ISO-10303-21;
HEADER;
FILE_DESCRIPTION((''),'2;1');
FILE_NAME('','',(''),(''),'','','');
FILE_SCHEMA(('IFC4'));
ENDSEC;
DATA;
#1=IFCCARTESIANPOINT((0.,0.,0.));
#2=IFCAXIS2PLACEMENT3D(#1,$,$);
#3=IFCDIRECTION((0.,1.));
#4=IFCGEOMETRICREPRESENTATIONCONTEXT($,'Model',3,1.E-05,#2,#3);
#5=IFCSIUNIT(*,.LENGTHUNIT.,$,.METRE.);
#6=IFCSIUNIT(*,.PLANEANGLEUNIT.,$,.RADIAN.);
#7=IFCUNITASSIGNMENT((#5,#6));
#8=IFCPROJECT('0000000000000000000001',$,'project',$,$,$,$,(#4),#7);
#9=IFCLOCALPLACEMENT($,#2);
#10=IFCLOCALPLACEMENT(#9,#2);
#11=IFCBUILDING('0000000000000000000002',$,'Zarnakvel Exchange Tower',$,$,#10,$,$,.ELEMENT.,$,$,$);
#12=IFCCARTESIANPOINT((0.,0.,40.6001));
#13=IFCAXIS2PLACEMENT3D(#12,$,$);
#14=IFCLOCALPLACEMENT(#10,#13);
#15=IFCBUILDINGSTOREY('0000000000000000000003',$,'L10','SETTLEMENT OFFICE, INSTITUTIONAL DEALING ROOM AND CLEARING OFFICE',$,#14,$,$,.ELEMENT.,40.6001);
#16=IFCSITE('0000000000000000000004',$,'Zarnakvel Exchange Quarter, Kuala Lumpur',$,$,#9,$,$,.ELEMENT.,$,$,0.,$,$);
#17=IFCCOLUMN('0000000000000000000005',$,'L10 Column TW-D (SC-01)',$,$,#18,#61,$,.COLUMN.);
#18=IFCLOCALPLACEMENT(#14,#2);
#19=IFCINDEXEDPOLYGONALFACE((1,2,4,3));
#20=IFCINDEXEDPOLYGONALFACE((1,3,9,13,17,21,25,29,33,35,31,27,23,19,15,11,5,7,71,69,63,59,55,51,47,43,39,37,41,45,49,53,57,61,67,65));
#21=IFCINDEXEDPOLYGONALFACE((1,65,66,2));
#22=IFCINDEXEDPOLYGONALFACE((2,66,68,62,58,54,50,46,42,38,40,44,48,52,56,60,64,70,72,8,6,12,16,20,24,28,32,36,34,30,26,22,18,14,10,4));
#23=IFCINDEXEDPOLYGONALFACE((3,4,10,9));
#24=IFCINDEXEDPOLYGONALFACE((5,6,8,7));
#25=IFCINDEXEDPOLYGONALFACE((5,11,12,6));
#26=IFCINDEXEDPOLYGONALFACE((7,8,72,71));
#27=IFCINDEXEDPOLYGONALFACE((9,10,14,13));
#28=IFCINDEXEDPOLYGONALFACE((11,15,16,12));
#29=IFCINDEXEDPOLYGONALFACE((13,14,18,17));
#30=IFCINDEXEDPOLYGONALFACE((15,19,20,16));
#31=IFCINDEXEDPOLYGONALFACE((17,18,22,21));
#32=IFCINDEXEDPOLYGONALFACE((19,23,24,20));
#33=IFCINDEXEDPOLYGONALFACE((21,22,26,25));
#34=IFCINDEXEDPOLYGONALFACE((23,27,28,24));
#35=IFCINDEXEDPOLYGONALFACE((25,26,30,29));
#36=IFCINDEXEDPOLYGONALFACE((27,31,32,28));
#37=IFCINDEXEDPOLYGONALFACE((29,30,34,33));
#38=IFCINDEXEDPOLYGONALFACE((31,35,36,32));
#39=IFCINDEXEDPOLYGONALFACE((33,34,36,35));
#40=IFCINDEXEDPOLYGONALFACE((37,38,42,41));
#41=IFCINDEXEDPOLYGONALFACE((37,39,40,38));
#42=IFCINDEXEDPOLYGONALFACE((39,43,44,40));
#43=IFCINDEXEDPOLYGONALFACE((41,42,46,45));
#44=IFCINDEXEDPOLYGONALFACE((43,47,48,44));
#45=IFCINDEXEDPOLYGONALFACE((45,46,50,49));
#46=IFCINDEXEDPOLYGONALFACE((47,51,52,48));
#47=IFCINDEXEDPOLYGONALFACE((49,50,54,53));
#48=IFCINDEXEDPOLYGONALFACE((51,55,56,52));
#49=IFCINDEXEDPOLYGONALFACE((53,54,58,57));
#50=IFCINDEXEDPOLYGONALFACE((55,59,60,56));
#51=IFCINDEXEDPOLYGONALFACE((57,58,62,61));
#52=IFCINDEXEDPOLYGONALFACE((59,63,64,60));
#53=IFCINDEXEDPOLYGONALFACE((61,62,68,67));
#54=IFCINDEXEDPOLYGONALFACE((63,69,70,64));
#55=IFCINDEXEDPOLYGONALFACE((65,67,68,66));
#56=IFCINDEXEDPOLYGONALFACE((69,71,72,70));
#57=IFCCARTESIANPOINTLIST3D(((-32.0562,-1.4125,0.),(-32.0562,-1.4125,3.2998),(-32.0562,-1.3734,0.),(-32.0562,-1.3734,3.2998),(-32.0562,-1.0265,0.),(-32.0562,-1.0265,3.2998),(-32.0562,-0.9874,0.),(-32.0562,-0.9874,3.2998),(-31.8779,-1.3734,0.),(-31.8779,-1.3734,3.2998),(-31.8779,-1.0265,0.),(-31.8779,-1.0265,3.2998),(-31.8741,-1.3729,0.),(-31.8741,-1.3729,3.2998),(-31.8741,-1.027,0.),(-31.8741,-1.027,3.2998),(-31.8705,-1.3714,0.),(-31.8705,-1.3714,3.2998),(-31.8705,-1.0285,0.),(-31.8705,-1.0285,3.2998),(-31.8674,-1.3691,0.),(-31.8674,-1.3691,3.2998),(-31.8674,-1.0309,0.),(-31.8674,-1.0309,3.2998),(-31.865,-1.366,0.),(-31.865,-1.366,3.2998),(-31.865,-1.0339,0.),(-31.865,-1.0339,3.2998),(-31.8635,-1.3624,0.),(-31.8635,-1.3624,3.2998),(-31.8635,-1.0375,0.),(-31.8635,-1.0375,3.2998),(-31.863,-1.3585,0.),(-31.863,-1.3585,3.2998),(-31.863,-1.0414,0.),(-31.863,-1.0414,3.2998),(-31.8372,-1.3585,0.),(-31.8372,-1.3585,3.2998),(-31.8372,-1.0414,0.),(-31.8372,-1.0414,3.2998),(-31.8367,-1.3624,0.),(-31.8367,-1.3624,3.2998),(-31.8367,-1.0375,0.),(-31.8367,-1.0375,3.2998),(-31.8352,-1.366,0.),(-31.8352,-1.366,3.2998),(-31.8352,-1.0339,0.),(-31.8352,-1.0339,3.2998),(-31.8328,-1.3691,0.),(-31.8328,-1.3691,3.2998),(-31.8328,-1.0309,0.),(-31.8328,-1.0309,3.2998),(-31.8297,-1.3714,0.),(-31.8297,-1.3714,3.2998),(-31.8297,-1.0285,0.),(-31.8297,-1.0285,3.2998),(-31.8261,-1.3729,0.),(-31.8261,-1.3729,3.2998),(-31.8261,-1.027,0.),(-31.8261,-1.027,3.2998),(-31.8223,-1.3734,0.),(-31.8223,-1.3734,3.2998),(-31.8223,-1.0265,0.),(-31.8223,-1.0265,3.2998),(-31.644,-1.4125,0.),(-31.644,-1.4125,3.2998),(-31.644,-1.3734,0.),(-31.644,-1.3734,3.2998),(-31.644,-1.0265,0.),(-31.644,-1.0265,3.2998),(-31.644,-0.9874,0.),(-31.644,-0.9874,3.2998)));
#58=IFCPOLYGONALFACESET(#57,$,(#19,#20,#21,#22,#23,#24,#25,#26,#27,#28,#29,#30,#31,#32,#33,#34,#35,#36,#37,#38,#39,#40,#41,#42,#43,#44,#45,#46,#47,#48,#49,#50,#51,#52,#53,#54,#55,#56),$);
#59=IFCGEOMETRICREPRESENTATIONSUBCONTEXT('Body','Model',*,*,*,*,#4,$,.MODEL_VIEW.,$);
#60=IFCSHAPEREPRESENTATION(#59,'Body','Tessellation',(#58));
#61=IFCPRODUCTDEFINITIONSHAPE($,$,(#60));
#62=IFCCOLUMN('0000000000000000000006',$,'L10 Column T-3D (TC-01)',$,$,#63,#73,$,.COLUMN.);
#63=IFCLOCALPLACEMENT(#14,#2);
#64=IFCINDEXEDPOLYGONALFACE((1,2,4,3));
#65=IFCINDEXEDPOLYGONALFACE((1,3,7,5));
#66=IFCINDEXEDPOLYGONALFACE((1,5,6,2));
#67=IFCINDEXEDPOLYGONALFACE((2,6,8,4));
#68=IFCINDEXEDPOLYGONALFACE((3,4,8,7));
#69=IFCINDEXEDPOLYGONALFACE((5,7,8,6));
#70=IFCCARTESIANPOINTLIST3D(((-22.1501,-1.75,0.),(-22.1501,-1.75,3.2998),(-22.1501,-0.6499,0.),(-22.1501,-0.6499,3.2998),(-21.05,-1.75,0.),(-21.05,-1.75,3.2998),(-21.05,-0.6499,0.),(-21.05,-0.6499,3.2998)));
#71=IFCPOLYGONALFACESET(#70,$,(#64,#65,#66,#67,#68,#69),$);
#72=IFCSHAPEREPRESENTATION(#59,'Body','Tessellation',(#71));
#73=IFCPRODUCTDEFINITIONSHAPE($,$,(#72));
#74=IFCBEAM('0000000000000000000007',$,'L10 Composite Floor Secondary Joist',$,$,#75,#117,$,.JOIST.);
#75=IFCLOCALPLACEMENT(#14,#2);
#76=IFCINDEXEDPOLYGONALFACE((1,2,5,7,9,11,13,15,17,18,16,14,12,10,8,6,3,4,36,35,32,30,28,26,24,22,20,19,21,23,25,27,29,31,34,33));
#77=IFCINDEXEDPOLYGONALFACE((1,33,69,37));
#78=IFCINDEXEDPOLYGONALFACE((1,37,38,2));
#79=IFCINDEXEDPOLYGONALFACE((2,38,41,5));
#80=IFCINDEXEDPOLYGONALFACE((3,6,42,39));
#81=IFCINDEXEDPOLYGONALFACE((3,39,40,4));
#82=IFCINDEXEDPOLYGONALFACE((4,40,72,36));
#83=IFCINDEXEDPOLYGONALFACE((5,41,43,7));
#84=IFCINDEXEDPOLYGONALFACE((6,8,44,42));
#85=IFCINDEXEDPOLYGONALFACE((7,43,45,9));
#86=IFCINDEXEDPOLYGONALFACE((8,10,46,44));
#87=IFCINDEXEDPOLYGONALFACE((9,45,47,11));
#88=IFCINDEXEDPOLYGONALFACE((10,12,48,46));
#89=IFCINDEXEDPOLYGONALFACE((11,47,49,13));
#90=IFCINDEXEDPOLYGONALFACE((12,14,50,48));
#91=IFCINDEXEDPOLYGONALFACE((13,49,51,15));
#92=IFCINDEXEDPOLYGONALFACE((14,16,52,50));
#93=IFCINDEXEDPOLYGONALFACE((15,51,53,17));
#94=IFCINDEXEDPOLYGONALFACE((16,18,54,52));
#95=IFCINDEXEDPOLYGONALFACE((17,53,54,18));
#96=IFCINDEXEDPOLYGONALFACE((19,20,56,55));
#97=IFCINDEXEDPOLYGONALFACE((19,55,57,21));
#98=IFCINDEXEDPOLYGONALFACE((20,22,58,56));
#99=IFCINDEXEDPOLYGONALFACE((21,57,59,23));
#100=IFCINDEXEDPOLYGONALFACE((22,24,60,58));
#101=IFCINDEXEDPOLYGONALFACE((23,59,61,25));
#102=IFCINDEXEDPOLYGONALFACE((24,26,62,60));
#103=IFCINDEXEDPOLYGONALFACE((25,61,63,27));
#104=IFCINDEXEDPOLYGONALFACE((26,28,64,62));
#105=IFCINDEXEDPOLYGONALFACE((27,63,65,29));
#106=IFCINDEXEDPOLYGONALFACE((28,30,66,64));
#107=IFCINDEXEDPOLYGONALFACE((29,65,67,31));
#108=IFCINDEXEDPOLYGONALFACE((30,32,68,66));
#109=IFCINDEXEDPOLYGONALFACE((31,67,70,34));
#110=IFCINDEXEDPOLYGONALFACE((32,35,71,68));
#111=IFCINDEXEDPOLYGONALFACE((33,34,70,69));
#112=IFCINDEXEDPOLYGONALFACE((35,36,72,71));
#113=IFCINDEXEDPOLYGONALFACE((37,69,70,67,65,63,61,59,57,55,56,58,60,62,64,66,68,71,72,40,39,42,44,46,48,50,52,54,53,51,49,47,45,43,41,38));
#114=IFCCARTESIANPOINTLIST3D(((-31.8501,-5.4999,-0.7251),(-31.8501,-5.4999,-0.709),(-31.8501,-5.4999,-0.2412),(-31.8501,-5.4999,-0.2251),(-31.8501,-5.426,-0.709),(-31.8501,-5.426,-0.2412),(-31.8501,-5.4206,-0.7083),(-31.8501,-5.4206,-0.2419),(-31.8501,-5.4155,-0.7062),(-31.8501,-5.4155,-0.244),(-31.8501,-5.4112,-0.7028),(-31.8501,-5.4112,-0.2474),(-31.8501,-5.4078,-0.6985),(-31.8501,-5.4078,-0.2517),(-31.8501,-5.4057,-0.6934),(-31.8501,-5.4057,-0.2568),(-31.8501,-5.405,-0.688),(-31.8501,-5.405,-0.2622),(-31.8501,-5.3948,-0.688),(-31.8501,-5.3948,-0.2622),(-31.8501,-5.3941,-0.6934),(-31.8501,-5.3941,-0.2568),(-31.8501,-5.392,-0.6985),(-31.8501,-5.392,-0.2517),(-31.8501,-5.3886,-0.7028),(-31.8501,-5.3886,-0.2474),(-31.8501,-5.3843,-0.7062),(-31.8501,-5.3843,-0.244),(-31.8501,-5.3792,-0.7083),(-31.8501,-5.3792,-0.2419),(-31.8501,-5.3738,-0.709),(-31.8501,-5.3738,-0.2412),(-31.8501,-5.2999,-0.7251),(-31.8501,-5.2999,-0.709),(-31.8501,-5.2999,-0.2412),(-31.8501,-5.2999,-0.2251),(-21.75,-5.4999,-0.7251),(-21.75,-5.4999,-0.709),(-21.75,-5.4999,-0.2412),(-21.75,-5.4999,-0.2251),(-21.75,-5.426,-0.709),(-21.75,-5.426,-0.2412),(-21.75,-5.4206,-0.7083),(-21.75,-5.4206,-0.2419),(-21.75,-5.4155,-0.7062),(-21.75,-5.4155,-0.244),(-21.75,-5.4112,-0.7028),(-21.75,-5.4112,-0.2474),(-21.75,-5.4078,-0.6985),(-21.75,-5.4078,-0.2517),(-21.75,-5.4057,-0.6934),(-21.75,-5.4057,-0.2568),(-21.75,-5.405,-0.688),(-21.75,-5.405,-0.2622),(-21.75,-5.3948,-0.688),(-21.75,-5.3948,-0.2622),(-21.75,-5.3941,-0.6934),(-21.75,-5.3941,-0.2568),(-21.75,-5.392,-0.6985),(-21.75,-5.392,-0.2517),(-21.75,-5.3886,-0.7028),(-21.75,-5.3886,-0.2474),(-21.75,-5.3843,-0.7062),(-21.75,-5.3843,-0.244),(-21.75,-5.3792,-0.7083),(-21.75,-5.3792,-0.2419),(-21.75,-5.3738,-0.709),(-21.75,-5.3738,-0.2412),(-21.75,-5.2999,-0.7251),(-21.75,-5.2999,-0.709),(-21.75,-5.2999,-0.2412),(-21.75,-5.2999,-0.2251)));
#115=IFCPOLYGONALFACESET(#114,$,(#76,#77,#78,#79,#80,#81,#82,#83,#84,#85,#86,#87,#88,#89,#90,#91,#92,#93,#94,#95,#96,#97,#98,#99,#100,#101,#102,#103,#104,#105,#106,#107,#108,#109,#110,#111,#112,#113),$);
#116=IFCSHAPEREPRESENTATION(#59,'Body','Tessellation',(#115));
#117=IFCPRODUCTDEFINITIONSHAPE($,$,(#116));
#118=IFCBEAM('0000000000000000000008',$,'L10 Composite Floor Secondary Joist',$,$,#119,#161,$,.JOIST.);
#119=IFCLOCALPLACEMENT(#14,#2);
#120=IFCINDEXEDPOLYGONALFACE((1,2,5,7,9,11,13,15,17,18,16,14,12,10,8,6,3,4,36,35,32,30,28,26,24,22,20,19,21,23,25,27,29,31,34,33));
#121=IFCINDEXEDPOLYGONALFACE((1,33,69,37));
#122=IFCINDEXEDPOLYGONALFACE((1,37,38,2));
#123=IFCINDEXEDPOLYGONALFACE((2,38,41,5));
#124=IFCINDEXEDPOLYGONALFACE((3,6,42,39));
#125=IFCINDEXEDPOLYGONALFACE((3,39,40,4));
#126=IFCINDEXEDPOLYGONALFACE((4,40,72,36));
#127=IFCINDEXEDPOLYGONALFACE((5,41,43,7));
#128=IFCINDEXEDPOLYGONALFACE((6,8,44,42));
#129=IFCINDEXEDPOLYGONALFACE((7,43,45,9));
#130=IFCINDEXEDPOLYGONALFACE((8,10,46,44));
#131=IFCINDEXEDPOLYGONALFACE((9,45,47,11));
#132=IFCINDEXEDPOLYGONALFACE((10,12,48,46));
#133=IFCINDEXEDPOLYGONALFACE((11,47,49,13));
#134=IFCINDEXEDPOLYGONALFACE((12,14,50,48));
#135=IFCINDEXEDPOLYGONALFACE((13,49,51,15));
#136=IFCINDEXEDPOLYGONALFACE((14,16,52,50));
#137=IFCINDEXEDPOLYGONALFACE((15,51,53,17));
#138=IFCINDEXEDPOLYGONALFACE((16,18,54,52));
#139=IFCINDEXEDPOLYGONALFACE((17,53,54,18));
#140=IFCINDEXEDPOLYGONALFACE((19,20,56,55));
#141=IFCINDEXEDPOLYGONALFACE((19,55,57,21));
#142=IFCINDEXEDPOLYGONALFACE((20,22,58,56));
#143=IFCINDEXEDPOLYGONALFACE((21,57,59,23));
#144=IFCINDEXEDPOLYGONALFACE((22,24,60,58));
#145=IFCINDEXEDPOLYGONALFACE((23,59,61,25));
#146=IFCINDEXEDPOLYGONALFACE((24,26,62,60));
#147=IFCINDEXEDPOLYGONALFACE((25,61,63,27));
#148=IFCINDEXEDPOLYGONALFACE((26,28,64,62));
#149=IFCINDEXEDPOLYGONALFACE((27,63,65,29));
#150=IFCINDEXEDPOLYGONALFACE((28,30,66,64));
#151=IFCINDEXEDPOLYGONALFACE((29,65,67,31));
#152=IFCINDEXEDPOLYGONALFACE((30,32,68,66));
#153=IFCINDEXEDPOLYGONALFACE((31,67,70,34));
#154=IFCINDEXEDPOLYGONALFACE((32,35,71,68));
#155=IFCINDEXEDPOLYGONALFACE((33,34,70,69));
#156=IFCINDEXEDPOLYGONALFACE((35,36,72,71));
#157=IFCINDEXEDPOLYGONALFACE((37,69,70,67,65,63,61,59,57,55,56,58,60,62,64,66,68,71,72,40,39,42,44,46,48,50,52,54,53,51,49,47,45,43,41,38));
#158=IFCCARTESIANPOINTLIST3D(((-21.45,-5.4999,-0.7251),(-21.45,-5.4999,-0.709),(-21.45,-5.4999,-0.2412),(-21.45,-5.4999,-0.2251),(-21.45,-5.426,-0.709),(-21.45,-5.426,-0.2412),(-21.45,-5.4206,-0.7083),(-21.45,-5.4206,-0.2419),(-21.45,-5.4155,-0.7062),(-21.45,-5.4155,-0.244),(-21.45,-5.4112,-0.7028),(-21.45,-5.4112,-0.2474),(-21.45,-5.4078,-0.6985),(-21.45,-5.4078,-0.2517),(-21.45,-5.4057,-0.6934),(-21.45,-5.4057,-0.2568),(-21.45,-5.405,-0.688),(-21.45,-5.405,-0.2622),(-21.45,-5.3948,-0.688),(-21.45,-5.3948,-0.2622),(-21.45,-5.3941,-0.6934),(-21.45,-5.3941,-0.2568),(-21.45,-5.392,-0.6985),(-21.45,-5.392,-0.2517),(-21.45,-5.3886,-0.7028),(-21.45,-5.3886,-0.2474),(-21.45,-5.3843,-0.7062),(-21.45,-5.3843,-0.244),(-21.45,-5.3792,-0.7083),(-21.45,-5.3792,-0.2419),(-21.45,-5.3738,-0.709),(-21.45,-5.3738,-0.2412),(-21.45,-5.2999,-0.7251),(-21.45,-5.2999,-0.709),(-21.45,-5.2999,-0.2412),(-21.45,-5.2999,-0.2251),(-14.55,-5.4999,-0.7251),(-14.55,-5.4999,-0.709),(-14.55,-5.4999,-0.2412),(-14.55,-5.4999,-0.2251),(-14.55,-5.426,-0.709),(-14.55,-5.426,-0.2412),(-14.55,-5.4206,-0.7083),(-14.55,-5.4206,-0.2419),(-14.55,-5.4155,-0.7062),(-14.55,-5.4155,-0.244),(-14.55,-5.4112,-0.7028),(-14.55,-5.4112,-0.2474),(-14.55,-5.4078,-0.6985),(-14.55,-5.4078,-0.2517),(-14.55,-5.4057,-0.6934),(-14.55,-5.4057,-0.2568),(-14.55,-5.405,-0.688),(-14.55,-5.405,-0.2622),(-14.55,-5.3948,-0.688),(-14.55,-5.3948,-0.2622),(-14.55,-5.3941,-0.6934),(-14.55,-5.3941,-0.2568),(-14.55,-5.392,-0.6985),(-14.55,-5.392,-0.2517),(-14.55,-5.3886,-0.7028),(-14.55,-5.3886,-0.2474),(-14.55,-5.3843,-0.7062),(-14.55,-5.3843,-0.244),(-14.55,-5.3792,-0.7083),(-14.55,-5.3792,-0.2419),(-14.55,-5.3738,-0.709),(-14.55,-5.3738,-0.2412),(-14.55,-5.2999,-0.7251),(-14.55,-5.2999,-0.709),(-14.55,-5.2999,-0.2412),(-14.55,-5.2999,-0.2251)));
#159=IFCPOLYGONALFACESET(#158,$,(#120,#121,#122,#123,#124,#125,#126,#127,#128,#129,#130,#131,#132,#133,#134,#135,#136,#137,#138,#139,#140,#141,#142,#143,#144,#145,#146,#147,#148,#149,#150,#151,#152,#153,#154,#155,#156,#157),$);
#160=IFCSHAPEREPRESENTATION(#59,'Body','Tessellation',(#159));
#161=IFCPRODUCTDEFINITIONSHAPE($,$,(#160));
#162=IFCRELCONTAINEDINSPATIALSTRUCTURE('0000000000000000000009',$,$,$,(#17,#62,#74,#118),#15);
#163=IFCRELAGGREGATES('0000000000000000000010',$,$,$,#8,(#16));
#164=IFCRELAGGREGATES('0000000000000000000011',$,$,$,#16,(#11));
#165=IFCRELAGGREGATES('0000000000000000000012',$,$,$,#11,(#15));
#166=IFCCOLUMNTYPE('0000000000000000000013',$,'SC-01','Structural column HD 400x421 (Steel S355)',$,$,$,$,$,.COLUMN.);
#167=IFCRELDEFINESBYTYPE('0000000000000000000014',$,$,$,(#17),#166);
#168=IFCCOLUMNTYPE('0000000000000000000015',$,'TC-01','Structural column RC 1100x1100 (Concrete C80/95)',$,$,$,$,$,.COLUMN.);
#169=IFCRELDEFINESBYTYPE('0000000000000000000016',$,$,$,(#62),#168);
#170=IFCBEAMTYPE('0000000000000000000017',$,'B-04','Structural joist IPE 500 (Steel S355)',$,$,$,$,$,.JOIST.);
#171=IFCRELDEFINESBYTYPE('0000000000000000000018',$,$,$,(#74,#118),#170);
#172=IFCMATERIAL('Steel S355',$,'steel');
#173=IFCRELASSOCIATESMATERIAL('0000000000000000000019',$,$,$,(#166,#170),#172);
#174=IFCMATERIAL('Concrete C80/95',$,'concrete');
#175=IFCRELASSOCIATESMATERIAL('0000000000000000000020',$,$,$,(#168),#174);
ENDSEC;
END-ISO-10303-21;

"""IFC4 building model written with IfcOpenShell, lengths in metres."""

from ifc_helpers import new_model, si_unit, direction, frame, origin, origin_2d, place, context, subcontext, project, spatial, rectangle, i_section, extrude, material, material_profile, profile_set, type_object, element, save


model = new_model("IFC4")

# Units and contexts
model_context = context("Model", 3, precision=1e-05, world=origin(), true_north=direction((0.0, 1.0)))
body_context = subcontext(model_context, "Body", "Model", "MODEL_VIEW")
ifc_project = project(units=[si_unit("LENGTHUNIT", "METRE"), si_unit("PLANEANGLEUNIT", "RADIAN")], contexts=[model_context])

# Site, building, storey
site_placement = place(None, origin())
site = spatial("IfcSite", under=ifc_project, at=site_placement, Name="Zarnakvel Exchange Quarter, Kuala Lumpur", CompositionType="ELEMENT", RefElevation=0.0)
building_placement = place(site_placement, origin())
building = spatial("IfcBuilding", under=site, at=building_placement, Name="Zarnakvel Exchange Tower", CompositionType="ELEMENT")
storey_placement = place(building_placement, frame((0.0, 0.0, 40.6001)))
storey = spatial("IfcBuildingStorey", under=building, at=storey_placement, Name="L10", Description="SETTLEMENT OFFICE, INSTITUTIONAL DEALING ROOM AND CLEARING OFFICE", CompositionType="ELEMENT", Elevation=40.6001)

# Columns
ifc_material_1 = material(Name="Steel S355", Category="steel")
ifc_material_profile_1 = material_profile(ifc_material_1, i_section(OverallWidth=0.4121, OverallDepth=0.425, WebThickness=0.0259, FlangeThickness=0.0391, FilletRadius=0.0149, at=origin_2d()))
ifc_profile_set_1 = profile_set([ifc_material_profile_1], Name="Steel S355")
column_type_1 = type_object("IfcColumnType", Name="SC-01", Description="Structural column HD 400x421 (Steel S355)", PredefinedType="COLUMN", material=ifc_profile_set_1)
column_1_placement = place(storey_placement, frame((-31.8501, -1.2, 0.0), z_axis=(0.0, 0.0, 1.0), x_axis=(1.0, 0.0, 0.0)))
element("IfcColumn", 1, at=column_1_placement, inside=storey, type_object=column_type_1, Name="L10 Column TW-D (SC-01)", PredefinedType="COLUMN", context=body_context, shape_type="SweptSolid", body=[
    extrude(i_section(OverallWidth=0.4121, OverallDepth=0.425, WebThickness=0.0259, FlangeThickness=0.0391, FilletRadius=0.0149, at=origin_2d()), origin(), (0.0, 0.0, 1.0), 3.2998),
])
ifc_material_2 = material(Name="Concrete C80/95", Category="concrete")
ifc_material_profile_2 = material_profile(ifc_material_2, rectangle(XDim=1.1001, YDim=1.1001, at=origin_2d()))
ifc_profile_set_2 = profile_set([ifc_material_profile_2], Name="Concrete C80/95")
column_type_2 = type_object("IfcColumnType", Name="TC-01", Description="Structural column RC 1100x1100 (Concrete C80/95)", PredefinedType="COLUMN", material=ifc_profile_set_2)
column_2_placement = place(storey_placement, frame((-21.6001, -1.2, 0.0), z_axis=(0.0, 0.0, 1.0), x_axis=(1.0, 0.0, 0.0)))
element("IfcColumn", 2, at=column_2_placement, inside=storey, type_object=column_type_2, Name="L10 Column T-3D (TC-01)", PredefinedType="COLUMN", context=body_context, shape_type="SweptSolid", body=[
    extrude(rectangle(XDim=1.1001, YDim=1.1001, at=origin_2d()), origin(), (0.0, 0.0, 1.0), 3.2998),
])

# Beams
ifc_material_profile_3 = material_profile(ifc_material_1, i_section(OverallWidth=0.2, OverallDepth=0.5, WebThickness=0.0103, FlangeThickness=0.0161, FilletRadius=0.021, at=origin_2d()))
ifc_profile_set_3 = profile_set([ifc_material_profile_3], Name="Steel S355")
beam_type_1 = type_object("IfcBeamType", Name="B-04", Description="Structural joist IPE 500 (Steel S355)", PredefinedType="JOIST", material=ifc_profile_set_3)
beam_1_placement = place(storey_placement, frame((-31.8501, -5.3999, -0.4751), z_axis=(1.0, 0.0, 0.0), x_axis=(0.0, 1.0, 0.0)))
element("IfcBeam", 3, at=beam_1_placement, inside=storey, type_object=beam_type_1, Name="L10 Composite Floor Secondary Joist", PredefinedType="JOIST", context=body_context, shape_type="SweptSolid", body=[
    extrude(i_section(OverallWidth=0.2, OverallDepth=0.5, WebThickness=0.0103, FlangeThickness=0.0161, FilletRadius=0.021, at=origin_2d()), origin(), (0.0, 0.0, 1.0), 10.1001),
])
beam_2_placement = place(storey_placement, frame((-21.45, -5.3999, -0.4751), z_axis=(1.0, 0.0, 0.0), x_axis=(0.0, 1.0, 0.0)))
element("IfcBeam", 4, at=beam_2_placement, inside=storey, type_object=beam_type_1, Name="L10 Composite Floor Secondary Joist", PredefinedType="JOIST", context=body_context, shape_type="SweptSolid", body=[
    extrude(i_section(OverallWidth=0.2, OverallDepth=0.5, WebThickness=0.0103, FlangeThickness=0.0161, FilletRadius=0.021, at=origin_2d()), origin(), (0.0, 0.0, 1.0), 6.8999),
])

save(model, "model.ifc")
